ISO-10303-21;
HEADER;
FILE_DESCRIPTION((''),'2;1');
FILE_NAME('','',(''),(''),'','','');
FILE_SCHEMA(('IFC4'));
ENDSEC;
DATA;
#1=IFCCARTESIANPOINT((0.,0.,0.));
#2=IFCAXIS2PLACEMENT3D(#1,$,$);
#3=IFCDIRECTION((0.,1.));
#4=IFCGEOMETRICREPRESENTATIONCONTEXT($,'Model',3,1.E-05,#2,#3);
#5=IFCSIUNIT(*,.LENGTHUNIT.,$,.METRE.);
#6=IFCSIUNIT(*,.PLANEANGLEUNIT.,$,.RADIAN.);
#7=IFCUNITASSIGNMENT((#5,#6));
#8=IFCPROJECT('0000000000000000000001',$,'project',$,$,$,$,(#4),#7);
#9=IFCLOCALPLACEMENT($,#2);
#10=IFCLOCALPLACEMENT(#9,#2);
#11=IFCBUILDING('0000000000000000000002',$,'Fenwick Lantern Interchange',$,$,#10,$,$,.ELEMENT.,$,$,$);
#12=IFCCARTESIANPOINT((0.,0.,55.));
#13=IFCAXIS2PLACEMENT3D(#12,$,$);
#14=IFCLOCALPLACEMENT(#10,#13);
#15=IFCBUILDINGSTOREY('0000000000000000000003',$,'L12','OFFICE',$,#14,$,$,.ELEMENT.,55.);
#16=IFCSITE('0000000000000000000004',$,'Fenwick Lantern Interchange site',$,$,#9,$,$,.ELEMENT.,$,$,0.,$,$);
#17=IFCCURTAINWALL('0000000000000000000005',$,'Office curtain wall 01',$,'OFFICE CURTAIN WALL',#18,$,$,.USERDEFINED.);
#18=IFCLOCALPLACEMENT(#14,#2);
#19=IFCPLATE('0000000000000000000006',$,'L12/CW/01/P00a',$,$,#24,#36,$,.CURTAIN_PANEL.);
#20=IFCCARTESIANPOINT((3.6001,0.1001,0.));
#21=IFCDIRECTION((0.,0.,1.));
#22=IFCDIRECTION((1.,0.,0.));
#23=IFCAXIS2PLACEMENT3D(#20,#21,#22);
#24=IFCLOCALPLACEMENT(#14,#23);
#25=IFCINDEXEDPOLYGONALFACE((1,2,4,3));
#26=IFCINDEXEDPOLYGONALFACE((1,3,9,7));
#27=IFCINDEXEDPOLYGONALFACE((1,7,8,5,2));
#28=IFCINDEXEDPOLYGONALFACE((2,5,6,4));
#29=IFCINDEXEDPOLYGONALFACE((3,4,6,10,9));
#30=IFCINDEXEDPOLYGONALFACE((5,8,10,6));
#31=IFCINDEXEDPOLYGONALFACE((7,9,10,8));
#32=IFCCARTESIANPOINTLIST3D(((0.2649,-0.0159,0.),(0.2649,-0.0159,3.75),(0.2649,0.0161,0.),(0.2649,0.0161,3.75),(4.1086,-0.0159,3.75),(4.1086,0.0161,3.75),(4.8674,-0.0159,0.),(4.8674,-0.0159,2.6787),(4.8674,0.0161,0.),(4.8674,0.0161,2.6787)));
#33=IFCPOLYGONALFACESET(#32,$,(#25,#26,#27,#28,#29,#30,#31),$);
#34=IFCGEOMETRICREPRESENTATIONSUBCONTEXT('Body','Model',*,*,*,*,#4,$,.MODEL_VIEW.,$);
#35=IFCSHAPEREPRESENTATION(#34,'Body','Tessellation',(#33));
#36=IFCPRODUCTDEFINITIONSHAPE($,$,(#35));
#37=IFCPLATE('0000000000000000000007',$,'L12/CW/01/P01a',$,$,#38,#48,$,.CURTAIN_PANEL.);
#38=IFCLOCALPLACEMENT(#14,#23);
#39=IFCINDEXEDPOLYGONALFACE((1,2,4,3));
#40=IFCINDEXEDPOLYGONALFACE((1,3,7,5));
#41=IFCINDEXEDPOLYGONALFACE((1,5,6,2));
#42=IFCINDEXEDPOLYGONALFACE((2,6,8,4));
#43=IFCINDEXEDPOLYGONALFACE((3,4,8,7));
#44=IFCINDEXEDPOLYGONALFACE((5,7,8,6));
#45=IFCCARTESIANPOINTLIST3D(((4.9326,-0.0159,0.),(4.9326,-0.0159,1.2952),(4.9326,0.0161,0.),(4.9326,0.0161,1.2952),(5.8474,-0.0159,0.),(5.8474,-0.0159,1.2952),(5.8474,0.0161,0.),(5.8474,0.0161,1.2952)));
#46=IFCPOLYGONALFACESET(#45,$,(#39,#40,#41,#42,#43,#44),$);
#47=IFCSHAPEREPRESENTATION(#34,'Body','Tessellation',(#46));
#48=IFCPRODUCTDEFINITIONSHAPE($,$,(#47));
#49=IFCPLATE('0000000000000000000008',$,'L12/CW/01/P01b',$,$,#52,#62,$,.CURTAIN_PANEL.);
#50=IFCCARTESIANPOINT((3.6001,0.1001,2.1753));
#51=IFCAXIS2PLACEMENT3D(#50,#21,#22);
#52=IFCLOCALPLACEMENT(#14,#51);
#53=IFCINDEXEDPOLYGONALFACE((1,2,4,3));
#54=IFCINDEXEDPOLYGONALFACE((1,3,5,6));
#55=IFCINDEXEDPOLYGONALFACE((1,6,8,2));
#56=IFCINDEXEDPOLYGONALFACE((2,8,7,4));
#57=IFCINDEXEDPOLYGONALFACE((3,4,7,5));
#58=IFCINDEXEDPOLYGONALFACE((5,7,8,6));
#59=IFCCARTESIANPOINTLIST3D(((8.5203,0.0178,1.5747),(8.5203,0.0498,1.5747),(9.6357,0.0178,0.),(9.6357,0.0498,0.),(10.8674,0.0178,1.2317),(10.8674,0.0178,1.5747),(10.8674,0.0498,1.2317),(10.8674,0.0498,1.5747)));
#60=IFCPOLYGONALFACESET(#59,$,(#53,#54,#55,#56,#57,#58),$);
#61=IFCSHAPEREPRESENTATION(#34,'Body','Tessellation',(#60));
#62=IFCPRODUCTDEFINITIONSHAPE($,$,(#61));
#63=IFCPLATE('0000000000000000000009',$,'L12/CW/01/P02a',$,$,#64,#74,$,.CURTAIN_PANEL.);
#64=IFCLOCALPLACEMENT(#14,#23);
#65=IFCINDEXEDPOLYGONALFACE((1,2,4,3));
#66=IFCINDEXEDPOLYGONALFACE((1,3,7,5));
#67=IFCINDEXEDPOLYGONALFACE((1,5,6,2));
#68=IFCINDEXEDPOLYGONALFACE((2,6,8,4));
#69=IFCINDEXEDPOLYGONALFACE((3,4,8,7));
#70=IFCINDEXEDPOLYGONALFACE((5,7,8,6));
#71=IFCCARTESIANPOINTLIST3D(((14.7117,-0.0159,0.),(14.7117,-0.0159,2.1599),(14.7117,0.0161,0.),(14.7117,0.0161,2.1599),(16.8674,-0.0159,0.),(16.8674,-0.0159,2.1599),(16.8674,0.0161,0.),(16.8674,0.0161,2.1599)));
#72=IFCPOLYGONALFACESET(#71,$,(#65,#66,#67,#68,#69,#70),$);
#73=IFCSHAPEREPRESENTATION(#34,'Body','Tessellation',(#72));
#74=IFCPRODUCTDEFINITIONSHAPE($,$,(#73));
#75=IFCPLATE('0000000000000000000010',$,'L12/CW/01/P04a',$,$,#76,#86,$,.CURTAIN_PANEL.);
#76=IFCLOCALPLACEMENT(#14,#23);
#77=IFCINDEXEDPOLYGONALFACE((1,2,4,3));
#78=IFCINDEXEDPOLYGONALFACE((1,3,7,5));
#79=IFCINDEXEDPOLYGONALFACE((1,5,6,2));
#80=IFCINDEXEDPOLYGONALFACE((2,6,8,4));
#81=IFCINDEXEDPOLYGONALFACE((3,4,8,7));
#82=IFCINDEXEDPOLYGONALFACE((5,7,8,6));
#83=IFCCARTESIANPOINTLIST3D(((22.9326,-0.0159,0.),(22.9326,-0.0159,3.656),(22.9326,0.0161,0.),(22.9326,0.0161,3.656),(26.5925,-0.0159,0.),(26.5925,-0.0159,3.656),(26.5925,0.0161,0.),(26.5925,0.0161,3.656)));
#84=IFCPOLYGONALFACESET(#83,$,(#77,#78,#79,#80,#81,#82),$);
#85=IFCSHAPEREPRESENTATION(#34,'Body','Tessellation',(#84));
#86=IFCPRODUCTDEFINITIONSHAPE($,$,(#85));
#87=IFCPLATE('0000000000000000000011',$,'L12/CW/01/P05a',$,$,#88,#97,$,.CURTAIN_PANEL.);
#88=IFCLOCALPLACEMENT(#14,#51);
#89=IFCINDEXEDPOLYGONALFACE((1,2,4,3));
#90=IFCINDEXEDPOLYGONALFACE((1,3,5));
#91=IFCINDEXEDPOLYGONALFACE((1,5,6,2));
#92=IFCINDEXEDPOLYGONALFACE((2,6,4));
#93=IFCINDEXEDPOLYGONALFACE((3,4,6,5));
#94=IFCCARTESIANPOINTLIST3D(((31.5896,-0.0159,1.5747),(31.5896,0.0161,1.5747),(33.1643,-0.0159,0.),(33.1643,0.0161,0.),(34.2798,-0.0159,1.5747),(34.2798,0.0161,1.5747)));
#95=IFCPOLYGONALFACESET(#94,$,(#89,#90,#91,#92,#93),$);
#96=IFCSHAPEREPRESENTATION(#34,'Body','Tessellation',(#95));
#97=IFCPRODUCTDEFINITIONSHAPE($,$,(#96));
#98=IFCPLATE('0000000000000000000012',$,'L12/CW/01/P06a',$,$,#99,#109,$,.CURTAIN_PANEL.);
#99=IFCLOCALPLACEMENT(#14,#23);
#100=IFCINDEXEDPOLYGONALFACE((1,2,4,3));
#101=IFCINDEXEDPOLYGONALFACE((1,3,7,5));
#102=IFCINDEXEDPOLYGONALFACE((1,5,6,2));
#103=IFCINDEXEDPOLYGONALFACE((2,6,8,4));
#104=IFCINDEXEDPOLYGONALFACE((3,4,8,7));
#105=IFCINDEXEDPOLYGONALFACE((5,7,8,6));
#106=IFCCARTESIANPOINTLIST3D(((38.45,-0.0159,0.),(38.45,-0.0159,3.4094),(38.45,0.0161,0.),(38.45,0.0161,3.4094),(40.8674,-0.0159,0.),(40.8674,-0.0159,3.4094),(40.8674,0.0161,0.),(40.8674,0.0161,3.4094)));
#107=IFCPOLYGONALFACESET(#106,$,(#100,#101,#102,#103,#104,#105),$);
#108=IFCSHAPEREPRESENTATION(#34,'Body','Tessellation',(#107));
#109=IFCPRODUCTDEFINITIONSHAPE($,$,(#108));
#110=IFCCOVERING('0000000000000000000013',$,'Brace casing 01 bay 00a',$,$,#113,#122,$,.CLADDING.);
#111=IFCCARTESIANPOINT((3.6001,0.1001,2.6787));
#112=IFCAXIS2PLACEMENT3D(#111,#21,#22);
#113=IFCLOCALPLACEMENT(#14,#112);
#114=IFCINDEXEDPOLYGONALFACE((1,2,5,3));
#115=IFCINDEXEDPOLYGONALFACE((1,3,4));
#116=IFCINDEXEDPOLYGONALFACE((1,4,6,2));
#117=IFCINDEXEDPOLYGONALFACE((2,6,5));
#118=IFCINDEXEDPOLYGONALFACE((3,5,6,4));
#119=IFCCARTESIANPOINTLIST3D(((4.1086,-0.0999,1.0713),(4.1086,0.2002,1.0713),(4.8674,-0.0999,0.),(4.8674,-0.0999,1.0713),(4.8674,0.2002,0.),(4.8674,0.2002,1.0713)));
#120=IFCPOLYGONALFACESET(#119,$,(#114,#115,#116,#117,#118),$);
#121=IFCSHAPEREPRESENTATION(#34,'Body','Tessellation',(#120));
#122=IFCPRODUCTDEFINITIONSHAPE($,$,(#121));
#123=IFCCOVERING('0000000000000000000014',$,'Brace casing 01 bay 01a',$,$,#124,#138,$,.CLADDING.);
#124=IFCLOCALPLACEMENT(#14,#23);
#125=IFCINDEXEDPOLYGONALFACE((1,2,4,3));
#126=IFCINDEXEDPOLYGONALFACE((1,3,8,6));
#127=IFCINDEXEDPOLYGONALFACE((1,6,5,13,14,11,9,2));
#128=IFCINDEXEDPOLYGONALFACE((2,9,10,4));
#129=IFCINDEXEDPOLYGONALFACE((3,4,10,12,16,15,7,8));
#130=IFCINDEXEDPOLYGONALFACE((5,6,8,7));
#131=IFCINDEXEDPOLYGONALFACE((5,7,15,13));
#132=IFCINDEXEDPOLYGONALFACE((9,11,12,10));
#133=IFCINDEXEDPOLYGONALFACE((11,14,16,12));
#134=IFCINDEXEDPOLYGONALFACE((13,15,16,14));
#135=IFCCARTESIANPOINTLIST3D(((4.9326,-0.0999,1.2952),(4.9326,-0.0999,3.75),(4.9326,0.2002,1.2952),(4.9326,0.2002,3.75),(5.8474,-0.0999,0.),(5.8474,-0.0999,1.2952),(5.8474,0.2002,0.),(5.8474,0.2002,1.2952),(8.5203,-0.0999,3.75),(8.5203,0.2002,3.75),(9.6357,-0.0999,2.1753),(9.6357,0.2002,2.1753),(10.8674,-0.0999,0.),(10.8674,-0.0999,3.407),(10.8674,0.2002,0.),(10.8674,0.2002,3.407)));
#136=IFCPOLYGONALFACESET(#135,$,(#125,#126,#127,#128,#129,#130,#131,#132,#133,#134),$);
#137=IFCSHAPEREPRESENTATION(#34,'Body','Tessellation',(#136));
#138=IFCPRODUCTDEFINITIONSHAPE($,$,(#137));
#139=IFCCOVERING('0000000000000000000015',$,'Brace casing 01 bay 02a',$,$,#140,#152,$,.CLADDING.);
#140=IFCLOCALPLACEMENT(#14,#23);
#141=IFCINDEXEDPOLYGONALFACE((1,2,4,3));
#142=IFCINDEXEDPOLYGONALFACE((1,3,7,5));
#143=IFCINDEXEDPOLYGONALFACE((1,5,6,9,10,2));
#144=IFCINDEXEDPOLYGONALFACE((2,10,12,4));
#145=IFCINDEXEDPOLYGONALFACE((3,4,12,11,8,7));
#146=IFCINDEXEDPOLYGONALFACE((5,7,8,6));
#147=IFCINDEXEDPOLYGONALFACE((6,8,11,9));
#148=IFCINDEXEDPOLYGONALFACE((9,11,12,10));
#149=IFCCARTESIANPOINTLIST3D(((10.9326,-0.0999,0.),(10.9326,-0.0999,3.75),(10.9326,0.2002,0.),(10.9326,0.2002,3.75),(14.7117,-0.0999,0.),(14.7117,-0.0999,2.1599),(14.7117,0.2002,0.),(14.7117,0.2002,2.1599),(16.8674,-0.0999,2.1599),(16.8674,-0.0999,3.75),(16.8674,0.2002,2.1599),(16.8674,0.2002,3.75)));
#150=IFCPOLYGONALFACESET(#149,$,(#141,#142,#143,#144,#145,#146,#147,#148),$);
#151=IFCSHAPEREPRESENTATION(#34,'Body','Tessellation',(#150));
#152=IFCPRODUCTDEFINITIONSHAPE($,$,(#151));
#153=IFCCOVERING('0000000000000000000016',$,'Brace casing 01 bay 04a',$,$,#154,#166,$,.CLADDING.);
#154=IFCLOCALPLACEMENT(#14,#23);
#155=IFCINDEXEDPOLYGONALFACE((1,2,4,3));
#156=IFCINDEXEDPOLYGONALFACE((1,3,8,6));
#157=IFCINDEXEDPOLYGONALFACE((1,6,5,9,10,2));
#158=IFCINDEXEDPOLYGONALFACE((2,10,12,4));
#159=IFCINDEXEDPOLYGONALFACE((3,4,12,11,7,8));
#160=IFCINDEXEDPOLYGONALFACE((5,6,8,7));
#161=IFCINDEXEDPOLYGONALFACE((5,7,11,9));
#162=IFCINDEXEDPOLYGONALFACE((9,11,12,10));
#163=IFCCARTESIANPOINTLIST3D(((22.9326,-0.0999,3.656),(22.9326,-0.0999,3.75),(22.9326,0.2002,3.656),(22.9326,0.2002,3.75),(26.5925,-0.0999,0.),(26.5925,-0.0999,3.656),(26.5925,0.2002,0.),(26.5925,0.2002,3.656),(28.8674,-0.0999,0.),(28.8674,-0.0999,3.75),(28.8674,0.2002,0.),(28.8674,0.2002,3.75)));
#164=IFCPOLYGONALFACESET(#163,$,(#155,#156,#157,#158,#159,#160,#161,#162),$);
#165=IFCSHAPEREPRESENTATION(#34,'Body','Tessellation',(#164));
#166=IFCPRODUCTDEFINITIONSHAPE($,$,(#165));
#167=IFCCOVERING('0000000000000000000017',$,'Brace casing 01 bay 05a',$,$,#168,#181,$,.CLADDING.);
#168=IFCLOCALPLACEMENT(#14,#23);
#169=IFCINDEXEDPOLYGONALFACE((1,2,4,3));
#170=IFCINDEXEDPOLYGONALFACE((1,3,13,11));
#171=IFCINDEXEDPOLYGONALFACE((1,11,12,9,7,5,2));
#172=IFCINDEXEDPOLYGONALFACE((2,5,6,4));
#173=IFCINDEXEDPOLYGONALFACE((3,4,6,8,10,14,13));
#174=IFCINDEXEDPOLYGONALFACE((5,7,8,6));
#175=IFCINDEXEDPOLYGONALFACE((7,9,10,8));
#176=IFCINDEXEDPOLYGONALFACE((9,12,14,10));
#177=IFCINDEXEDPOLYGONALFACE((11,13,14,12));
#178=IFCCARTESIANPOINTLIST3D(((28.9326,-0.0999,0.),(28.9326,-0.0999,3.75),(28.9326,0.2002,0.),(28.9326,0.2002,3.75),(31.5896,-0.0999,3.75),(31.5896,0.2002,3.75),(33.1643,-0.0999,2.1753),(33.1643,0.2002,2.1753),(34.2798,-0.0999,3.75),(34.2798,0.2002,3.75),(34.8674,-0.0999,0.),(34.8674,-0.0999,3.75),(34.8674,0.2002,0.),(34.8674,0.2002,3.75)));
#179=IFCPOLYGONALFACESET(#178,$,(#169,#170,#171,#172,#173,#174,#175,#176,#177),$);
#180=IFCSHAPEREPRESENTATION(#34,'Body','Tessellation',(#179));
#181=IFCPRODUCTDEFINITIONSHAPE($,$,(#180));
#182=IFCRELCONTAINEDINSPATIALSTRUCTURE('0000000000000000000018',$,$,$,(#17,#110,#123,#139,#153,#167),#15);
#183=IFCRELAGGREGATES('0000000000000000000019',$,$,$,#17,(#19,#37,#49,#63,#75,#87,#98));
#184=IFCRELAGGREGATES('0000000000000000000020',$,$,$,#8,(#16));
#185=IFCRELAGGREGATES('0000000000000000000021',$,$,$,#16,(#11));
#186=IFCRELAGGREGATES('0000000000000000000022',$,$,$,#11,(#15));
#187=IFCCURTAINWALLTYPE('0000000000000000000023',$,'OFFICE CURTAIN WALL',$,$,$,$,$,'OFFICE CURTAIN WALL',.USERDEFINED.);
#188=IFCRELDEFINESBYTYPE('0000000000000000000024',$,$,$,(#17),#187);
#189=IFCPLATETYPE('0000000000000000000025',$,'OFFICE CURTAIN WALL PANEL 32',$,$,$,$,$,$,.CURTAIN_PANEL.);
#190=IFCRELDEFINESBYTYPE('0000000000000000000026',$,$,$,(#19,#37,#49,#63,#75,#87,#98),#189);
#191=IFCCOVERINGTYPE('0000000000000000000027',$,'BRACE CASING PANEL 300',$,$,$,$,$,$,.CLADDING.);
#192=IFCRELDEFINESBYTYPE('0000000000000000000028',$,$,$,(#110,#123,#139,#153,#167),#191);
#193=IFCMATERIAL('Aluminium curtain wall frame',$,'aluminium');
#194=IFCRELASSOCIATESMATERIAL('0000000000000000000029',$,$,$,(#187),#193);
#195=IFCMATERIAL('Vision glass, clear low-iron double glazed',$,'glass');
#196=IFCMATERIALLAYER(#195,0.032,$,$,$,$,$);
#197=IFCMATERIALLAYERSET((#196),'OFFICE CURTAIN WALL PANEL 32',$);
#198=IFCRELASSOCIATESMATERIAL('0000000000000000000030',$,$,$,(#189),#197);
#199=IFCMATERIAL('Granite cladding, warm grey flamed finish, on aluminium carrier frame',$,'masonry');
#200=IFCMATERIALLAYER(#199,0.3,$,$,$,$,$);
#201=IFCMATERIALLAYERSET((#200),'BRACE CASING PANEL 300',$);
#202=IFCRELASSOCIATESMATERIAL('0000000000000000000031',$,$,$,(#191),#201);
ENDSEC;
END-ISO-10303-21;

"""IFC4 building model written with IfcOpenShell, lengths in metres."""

from ifc_helpers import new_model, si_unit, direction, frame, origin, place, context, subcontext, project, spatial, polyline, outline, extrude, material, layer, layer_set, type_object, element, aggregate, save


model = new_model("IFC4")

# Units and contexts
model_context = context("Model", 3, precision=1e-05, world=origin(), true_north=direction((0.0, 1.0)))
body_context = subcontext(model_context, "Body", "Model", "MODEL_VIEW")
ifc_project = project(units=[si_unit("LENGTHUNIT", "METRE"), si_unit("PLANEANGLEUNIT", "RADIAN")], contexts=[model_context])

# Site, building, storey
site_placement = place(None, origin())
site = spatial("IfcSite", under=ifc_project, at=site_placement, Name="Fenwick Lantern Interchange site", CompositionType="ELEMENT", RefElevation=0.0)
building_placement = place(site_placement, origin())
building = spatial("IfcBuilding", under=site, at=building_placement, Name="Fenwick Lantern Interchange", CompositionType="ELEMENT")
storey_placement = place(building_placement, frame((0.0, 0.0, 55.0)))
storey = spatial("IfcBuildingStorey", under=building, at=storey_placement, Name="L12", Description="OFFICE", CompositionType="ELEMENT", Elevation=55.0)

# Shared definitions
ifc_material_1 = material(Name="Aluminium curtain wall frame", Category="aluminium")
curtain_wall_type = type_object("IfcCurtainWallType", Name="OFFICE CURTAIN WALL", ElementType="OFFICE CURTAIN WALL", PredefinedType="USERDEFINED", material=ifc_material_1)

# Curtain wall, plates
curtain_wall_1_placement = place(storey_placement, origin())
curtain_wall_1 = element("IfcCurtainWall", 1, at=curtain_wall_1_placement, inside=storey, type_object=curtain_wall_type, Name="Office curtain wall 01", ObjectType="OFFICE CURTAIN WALL", PredefinedType="USERDEFINED")
ifc_material_2 = material(Name="Vision glass, clear low-iron double glazed", Category="glass")
ifc_layer_1 = layer(ifc_material_2, 0.032)
ifc_layer_set_1 = layer_set([ifc_layer_1], Name="OFFICE CURTAIN WALL PANEL 32")
plate_type = type_object("IfcPlateType", Name="OFFICE CURTAIN WALL PANEL 32", PredefinedType="CURTAIN_PANEL", material=ifc_layer_set_1)
plate_1_placement = place(storey_placement, frame((3.6001, 0.1001, 0.0), z_axis=(0.0, 0.0, 1.0), x_axis=(1.0, 0.0, 0.0)))
plate_1 = element("IfcPlate", 2, at=plate_1_placement, type_object=plate_type, Name="L12/CW/01/P00a", PredefinedType="CURTAIN_PANEL", context=body_context, shape_type="SweptSolid", body=[
    extrude(outline(polyline([(0.2649, 0.0), (4.8674, 0.0), (4.8674, 2.6787), (4.1086, 3.75), (0.2649, 3.75), (0.2649, 0.0)])), frame((0.0, 0.0161, 0.0), z_axis=(0.0, -1.0, 0.0), x_axis=(1.0, 0.0, 0.0)), (0.0, 0.0, 1.0), 0.032),
])
plate_2_placement = place(storey_placement, frame((3.6001, 0.1001, 0.0), z_axis=(0.0, 0.0, 1.0), x_axis=(1.0, 0.0, 0.0)))
plate_2 = element("IfcPlate", 3, at=plate_2_placement, type_object=plate_type, Name="L12/CW/01/P01a", PredefinedType="CURTAIN_PANEL", context=body_context, shape_type="SweptSolid", body=[
    extrude(outline(polyline([(4.9326, 0.0), (5.8474, 0.0), (5.8474, 1.2952), (4.9326, 1.2952), (4.9326, 0.0)])), frame((0.0, 0.0161, 0.0), z_axis=(0.0, -1.0, 0.0), x_axis=(1.0, 0.0, 0.0)), (0.0, 0.0, 1.0), 0.032),
])
plate_3_placement = place(storey_placement, frame((3.6001, 0.1001, 2.1753), z_axis=(0.0, 0.0, 1.0), x_axis=(1.0, 0.0, 0.0)))
plate_3 = element("IfcPlate", 4, at=plate_3_placement, type_object=plate_type, Name="L12/CW/01/P01b", PredefinedType="CURTAIN_PANEL", context=body_context, shape_type="SweptSolid", body=[
    extrude(outline(polyline([(9.6357, 0.0), (10.8674, 1.2317), (10.8674, 1.5747), (8.5203, 1.5747), (9.6357, 0.0)])), frame((0.0, 0.0498, 0.0), z_axis=(0.0, -1.0, 0.0), x_axis=(1.0, 0.0, 0.0)), (0.0, 0.0, 1.0), 0.032),
])
plate_4_placement = place(storey_placement, frame((3.6001, 0.1001, 0.0), z_axis=(0.0, 0.0, 1.0), x_axis=(1.0, 0.0, 0.0)))
plate_4 = element("IfcPlate", 5, at=plate_4_placement, type_object=plate_type, Name="L12/CW/01/P02a", PredefinedType="CURTAIN_PANEL", context=body_context, shape_type="SweptSolid", body=[
    extrude(outline(polyline([(14.7117, 0.0), (16.8674, 0.0), (16.8674, 2.1599), (14.7117, 2.1599), (14.7117, 0.0)])), frame((0.0, 0.0161, 0.0), z_axis=(0.0, -1.0, 0.0), x_axis=(1.0, 0.0, 0.0)), (0.0, 0.0, 1.0), 0.032),
])
plate_5_placement = place(storey_placement, frame((3.6001, 0.1001, 0.0), z_axis=(0.0, 0.0, 1.0), x_axis=(1.0, 0.0, 0.0)))
plate_5 = element("IfcPlate", 6, at=plate_5_placement, type_object=plate_type, Name="L12/CW/01/P04a", PredefinedType="CURTAIN_PANEL", context=body_context, shape_type="SweptSolid", body=[
    extrude(outline(polyline([(22.9326, 0.0), (26.5925, 0.0), (26.5925, 3.656), (22.9326, 3.656), (22.9326, 0.0)])), frame((0.0, 0.0161, 0.0), z_axis=(0.0, -1.0, 0.0), x_axis=(1.0, 0.0, 0.0)), (0.0, 0.0, 1.0), 0.032),
])
plate_6_placement = place(storey_placement, frame((3.6001, 0.1001, 2.1753), z_axis=(0.0, 0.0, 1.0), x_axis=(1.0, 0.0, 0.0)))
plate_6 = element("IfcPlate", 7, at=plate_6_placement, type_object=plate_type, Name="L12/CW/01/P05a", PredefinedType="CURTAIN_PANEL", context=body_context, shape_type="SweptSolid", body=[
    extrude(outline(polyline([(33.1643, 0.0), (34.2798, 1.5747), (31.5896, 1.5747), (33.1643, 0.0)])), frame((0.0, 0.0161, 0.0), z_axis=(0.0, -1.0, 0.0), x_axis=(1.0, 0.0, 0.0)), (0.0, 0.0, 1.0), 0.032),
])
plate_7_placement = place(storey_placement, frame((3.6001, 0.1001, 0.0), z_axis=(0.0, 0.0, 1.0), x_axis=(1.0, 0.0, 0.0)))
plate_7 = element("IfcPlate", 8, at=plate_7_placement, type_object=plate_type, Name="L12/CW/01/P06a", PredefinedType="CURTAIN_PANEL", context=body_context, shape_type="SweptSolid", body=[
    extrude(outline(polyline([(38.45, 0.0), (40.8674, 0.0), (40.8674, 3.4094), (38.45, 3.4094), (38.45, 0.0)])), frame((0.0, 0.0161, 0.0), z_axis=(0.0, -1.0, 0.0), x_axis=(1.0, 0.0, 0.0)), (0.0, 0.0, 1.0), 0.032),
])
aggregate(curtain_wall_1, [plate_1, plate_2, plate_3, plate_4, plate_5, plate_6, plate_7])

# Coverings
ifc_material_3 = material(Name="Granite cladding, warm grey flamed finish, on aluminium carrier frame", Category="masonry")
ifc_layer_2 = layer(ifc_material_3, 0.3)
ifc_layer_set_2 = layer_set([ifc_layer_2], Name="BRACE CASING PANEL 300")
covering_type = type_object("IfcCoveringType", Name="BRACE CASING PANEL 300", PredefinedType="CLADDING", material=ifc_layer_set_2)
covering_1_placement = place(storey_placement, frame((3.6001, 0.1001, 2.6787), z_axis=(0.0, 0.0, 1.0), x_axis=(1.0, 0.0, 0.0)))
element("IfcCovering", 9, at=covering_1_placement, inside=storey, type_object=covering_type, Name="Brace casing 01 bay 00a", PredefinedType="CLADDING", context=body_context, shape_type="SweptSolid", body=[
    extrude(outline(polyline([(4.8674, 0.0), (4.8674, 1.0713), (4.1086, 1.0713), (4.8674, 0.0)])), frame((0.0, 0.2002, 0.0), z_axis=(0.0, -1.0, 0.0), x_axis=(1.0, 0.0, 0.0)), (0.0, 0.0, 1.0), 0.3),
])
covering_2_placement = place(storey_placement, frame((3.6001, 0.1001, 0.0), z_axis=(0.0, 0.0, 1.0), x_axis=(1.0, 0.0, 0.0)))
element("IfcCovering", 10, at=covering_2_placement, inside=storey, type_object=covering_type, Name="Brace casing 01 bay 01a", PredefinedType="CLADDING", context=body_context, shape_type="SweptSolid", body=[
    extrude(outline(polyline([(5.8474, 0.0), (10.8674, 0.0), (10.8674, 3.407), (9.6357, 2.1753), (8.5203, 3.75), (4.9326, 3.75), (4.9326, 1.2952), (5.8474, 1.2952), (5.8474, 0.0)])), frame((0.0, 0.2002, 0.0), z_axis=(0.0, -1.0, 0.0), x_axis=(1.0, 0.0, 0.0)), (0.0, 0.0, 1.0), 0.3),
])
covering_3_placement = place(storey_placement, frame((3.6001, 0.1001, 0.0), z_axis=(0.0, 0.0, 1.0), x_axis=(1.0, 0.0, 0.0)))
element("IfcCovering", 11, at=covering_3_placement, inside=storey, type_object=covering_type, Name="Brace casing 01 bay 02a", PredefinedType="CLADDING", context=body_context, shape_type="SweptSolid", body=[
    extrude(outline(polyline([(10.9326, 0.0), (14.7117, 0.0), (14.7117, 2.1599), (16.8674, 2.1599), (16.8674, 3.75), (10.9326, 3.75), (10.9326, 0.0)])), frame((0.0, 0.2002, 0.0), z_axis=(0.0, -1.0, 0.0), x_axis=(1.0, 0.0, 0.0)), (0.0, 0.0, 1.0), 0.3),
])
covering_4_placement = place(storey_placement, frame((3.6001, 0.1001, 0.0), z_axis=(0.0, 0.0, 1.0), x_axis=(1.0, 0.0, 0.0)))
element("IfcCovering", 12, at=covering_4_placement, inside=storey, type_object=covering_type, Name="Brace casing 01 bay 04a", PredefinedType="CLADDING", context=body_context, shape_type="SweptSolid", body=[
    extrude(outline(polyline([(26.5925, 0.0), (28.8674, 0.0), (28.8674, 3.75), (22.9326, 3.75), (22.9326, 3.656), (26.5925, 3.656), (26.5925, 0.0)])), frame((0.0, 0.2002, 0.0), z_axis=(0.0, -1.0, 0.0), x_axis=(1.0, 0.0, 0.0)), (0.0, 0.0, 1.0), 0.3),
])
covering_5_placement = place(storey_placement, frame((3.6001, 0.1001, 0.0), z_axis=(0.0, 0.0, 1.0), x_axis=(1.0, 0.0, 0.0)))
element("IfcCovering", 13, at=covering_5_placement, inside=storey, type_object=covering_type, Name="Brace casing 01 bay 05a", PredefinedType="CLADDING", context=body_context, shape_type="SweptSolid", body=[
    extrude(outline(polyline([(28.9326, 0.0), (34.8674, 0.0), (34.8674, 3.75), (34.2798, 3.75), (33.1643, 2.1753), (31.5896, 3.75), (28.9326, 3.75), (28.9326, 0.0)])), frame((0.0, 0.2002, 0.0), z_axis=(0.0, -1.0, 0.0), x_axis=(1.0, 0.0, 0.0)), (0.0, 0.0, 1.0), 0.3),
])

save(model, "model.ifc")
